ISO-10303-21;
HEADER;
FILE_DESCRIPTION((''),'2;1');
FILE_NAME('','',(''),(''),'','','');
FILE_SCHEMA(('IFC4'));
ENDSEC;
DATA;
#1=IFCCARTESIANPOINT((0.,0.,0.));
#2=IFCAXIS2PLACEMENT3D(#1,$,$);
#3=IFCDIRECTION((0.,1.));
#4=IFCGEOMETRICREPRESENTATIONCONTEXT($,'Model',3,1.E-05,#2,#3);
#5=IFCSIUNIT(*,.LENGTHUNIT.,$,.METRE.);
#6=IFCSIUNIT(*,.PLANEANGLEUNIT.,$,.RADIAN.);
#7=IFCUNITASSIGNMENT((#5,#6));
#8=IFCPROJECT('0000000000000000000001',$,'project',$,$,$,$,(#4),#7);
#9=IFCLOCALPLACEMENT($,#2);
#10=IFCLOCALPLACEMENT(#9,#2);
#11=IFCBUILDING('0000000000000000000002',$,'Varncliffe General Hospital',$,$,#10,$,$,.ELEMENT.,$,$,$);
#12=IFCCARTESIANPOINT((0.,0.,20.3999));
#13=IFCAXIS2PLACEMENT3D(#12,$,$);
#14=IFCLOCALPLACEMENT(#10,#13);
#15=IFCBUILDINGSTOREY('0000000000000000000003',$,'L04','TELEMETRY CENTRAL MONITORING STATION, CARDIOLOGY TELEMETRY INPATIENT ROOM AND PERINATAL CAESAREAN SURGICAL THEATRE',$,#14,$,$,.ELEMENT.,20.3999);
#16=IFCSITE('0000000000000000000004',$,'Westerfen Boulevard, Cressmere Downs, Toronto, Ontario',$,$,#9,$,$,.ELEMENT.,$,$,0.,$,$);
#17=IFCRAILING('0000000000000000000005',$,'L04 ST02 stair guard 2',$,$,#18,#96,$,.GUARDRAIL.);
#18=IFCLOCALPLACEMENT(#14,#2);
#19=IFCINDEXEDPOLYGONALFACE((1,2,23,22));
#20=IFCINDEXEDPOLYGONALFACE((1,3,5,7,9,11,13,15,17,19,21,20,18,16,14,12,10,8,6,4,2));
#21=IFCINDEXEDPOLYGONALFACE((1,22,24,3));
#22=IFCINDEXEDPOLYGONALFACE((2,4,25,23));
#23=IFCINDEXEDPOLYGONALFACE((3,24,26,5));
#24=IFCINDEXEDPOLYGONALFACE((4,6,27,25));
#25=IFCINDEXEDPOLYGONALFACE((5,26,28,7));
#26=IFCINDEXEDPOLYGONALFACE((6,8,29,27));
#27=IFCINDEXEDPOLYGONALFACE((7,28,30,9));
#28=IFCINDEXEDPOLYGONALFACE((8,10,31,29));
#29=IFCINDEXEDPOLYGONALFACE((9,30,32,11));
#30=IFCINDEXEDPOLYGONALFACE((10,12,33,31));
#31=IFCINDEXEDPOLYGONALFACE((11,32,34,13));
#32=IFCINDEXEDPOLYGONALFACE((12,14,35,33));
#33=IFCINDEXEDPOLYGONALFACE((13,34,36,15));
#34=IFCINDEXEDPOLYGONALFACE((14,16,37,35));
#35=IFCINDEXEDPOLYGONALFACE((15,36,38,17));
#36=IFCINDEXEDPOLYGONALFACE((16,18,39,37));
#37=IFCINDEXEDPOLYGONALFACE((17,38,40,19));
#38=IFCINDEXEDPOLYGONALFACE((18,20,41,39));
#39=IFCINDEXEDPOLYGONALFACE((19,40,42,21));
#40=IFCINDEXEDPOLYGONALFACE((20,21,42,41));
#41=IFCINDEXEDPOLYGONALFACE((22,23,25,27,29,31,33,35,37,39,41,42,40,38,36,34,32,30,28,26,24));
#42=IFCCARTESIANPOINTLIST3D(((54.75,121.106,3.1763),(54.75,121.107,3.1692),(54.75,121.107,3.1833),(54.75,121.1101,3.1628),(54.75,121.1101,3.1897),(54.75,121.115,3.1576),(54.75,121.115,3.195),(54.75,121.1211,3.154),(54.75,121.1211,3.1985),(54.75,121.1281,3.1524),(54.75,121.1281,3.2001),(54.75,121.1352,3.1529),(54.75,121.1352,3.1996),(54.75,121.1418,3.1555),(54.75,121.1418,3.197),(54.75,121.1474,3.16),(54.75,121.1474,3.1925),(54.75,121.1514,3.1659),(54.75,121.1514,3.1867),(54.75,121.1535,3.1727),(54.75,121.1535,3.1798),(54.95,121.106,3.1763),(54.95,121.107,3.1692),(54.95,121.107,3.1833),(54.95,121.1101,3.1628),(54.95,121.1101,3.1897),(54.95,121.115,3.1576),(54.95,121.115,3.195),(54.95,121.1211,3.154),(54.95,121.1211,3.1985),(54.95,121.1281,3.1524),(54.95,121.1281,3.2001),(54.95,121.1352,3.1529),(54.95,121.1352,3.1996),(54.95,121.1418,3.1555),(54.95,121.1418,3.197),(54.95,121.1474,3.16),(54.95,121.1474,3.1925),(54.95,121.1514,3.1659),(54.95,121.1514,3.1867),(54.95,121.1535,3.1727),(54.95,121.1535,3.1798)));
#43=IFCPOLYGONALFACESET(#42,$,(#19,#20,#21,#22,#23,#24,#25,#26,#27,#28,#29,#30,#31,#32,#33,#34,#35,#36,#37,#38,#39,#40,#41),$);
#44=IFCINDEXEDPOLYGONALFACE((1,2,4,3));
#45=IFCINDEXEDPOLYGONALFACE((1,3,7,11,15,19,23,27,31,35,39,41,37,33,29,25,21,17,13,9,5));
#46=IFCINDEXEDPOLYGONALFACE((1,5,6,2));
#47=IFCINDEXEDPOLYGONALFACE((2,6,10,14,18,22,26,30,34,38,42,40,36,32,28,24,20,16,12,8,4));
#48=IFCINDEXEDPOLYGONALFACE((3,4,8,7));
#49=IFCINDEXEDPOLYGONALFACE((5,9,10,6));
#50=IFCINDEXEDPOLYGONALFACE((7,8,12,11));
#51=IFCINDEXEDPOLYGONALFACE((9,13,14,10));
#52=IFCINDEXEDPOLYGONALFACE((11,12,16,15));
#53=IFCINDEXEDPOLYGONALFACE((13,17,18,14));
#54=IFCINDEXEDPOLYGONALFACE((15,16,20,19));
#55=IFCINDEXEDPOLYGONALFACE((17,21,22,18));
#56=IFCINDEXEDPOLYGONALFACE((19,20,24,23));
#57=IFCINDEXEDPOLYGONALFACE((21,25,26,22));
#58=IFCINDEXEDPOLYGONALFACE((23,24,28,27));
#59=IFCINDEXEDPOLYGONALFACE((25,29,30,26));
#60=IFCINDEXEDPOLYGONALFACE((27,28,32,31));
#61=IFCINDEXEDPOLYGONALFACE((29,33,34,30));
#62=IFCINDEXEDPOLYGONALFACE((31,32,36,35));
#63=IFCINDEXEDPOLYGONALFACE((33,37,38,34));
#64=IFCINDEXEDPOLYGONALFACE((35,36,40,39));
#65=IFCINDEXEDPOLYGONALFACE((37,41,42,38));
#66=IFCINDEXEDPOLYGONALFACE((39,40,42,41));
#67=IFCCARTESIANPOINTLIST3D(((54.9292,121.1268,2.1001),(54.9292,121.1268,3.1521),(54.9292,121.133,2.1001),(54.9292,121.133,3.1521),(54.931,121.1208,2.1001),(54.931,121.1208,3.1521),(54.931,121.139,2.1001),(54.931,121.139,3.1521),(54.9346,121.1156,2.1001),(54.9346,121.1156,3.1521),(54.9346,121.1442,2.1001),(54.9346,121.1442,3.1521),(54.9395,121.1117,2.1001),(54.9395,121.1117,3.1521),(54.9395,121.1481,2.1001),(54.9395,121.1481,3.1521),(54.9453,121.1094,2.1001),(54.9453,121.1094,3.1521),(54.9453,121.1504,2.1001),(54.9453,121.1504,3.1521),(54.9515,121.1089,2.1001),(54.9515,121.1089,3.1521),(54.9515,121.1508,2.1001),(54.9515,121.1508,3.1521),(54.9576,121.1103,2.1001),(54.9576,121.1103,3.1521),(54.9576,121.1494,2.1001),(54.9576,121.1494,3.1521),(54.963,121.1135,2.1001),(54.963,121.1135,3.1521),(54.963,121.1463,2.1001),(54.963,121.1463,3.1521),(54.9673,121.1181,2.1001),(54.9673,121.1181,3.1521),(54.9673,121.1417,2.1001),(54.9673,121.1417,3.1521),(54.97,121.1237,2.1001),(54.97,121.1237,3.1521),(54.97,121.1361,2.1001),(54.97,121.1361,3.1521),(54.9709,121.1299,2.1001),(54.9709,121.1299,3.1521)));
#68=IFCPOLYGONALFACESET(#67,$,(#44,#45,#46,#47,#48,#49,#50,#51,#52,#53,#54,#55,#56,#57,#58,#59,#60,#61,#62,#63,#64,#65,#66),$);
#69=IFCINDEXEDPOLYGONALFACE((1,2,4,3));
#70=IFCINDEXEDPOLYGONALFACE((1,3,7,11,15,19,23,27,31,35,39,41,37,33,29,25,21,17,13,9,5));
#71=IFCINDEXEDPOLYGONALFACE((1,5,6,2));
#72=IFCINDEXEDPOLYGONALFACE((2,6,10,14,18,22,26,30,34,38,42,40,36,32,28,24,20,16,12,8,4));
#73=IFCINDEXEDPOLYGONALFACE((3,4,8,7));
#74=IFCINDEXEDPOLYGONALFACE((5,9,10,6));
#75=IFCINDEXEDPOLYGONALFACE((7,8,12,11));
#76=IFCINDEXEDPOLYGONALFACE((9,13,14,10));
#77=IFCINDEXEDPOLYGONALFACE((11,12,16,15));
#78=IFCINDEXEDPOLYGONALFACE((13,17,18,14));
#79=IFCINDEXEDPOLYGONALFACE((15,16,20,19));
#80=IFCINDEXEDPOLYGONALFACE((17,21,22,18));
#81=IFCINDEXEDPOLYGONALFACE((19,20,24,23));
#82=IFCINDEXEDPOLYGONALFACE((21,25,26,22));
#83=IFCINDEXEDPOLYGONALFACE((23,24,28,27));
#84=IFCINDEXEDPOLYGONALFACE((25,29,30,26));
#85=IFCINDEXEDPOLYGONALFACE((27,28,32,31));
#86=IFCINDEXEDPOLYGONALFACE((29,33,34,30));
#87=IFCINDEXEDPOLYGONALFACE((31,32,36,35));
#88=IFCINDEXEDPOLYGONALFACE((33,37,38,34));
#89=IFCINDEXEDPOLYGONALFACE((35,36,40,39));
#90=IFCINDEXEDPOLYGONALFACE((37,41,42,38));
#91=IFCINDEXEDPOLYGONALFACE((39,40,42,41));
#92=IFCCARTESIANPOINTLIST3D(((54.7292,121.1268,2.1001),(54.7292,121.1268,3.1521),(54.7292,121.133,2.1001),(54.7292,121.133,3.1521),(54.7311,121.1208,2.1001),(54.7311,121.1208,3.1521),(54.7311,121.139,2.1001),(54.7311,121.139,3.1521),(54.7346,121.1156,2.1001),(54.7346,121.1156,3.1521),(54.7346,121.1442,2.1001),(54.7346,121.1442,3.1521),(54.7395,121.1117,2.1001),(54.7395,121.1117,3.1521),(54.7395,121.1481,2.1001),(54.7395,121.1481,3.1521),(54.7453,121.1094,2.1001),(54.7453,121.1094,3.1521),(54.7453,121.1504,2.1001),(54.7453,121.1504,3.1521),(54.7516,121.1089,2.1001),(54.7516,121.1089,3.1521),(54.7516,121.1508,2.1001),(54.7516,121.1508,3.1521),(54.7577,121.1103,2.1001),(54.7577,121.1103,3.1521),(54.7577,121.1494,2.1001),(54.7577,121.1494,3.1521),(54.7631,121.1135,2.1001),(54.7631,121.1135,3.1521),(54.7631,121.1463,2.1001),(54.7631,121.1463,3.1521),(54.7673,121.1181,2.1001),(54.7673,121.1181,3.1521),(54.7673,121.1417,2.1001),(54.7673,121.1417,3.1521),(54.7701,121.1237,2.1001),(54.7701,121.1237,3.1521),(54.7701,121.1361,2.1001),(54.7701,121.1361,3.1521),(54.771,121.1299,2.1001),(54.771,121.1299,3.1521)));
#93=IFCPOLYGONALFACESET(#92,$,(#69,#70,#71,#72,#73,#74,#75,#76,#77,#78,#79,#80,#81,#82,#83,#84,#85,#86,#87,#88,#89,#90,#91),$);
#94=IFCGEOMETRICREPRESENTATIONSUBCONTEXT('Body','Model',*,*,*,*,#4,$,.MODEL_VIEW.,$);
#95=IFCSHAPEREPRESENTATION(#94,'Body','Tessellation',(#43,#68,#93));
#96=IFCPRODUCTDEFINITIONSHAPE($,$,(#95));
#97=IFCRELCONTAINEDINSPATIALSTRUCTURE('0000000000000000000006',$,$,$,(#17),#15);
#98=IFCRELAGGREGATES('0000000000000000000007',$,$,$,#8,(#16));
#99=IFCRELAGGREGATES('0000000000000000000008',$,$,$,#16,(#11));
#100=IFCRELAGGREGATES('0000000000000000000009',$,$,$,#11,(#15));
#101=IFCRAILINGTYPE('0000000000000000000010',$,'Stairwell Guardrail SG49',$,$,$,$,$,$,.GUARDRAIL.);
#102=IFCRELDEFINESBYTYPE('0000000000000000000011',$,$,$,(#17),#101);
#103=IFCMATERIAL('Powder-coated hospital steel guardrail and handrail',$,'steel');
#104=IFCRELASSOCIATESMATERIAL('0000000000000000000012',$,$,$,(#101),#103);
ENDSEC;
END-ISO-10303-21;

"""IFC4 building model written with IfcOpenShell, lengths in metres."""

from ifc_helpers import new_model, si_unit, direction, frame, origin, origin_2d, place, context, subcontext, project, spatial, circle, extrude, material, type_object, element, save


model = new_model("IFC4")

# Units and contexts
model_context = context("Model", 3, precision=1e-05, world=origin(), true_north=direction((0.0, 1.0)))
body_context = subcontext(model_context, "Body", "Model", "MODEL_VIEW")
ifc_project = project(units=[si_unit("LENGTHUNIT", "METRE"), si_unit("PLANEANGLEUNIT", "RADIAN")], contexts=[model_context])

# Site, building, storey
site_placement = place(None, origin())
site = spatial("IfcSite", under=ifc_project, at=site_placement, Name="Westerfen Boulevard, Cressmere Downs, Toronto, Ontario", CompositionType="ELEMENT", RefElevation=0.0)
building_placement = place(site_placement, origin())
building = spatial("IfcBuilding", under=site, at=building_placement, Name="Varncliffe General Hospital", CompositionType="ELEMENT")
storey_placement = place(building_placement, frame((0.0, 0.0, 20.3999)))
storey = spatial("IfcBuildingStorey", under=building, at=storey_placement, Name="L04", Description="TELEMETRY CENTRAL MONITORING STATION, CARDIOLOGY TELEMETRY INPATIENT ROOM AND PERINATAL CAESAREAN SURGICAL THEATRE", CompositionType="ELEMENT", Elevation=20.3999)

# Railing
ifc_material_1 = material(Name="Powder-coated hospital steel guardrail and handrail", Category="steel")
railing_type_1 = type_object("IfcRailingType", Name="Stairwell Guardrail SG49", PredefinedType="GUARDRAIL", material=ifc_material_1)
railing_1_placement = place(storey_placement, frame((54.95, 121.1299, 2.1001)))
element("IfcRailing", 1, at=railing_1_placement, inside=storey, type_object=railing_type_1, Name="L04 ST02 stair guard 2", PredefinedType="GUARDRAIL", context=body_context, shape_type="SweptSolid", body=[
    extrude(circle(Radius=0.0239, at=origin_2d()), frame((0.0, 0.0, 1.0762), z_axis=(-1.0, 0.0, 0.0), x_axis=(0.0, -1.0, 0.0)), (0.0, 0.0, 1.0), 0.2),
    extrude(circle(Radius=0.021, at=origin_2d()), origin(), (0.0, 0.0, 1.0), 1.052),
    extrude(circle(Radius=0.021, at=origin_2d()), frame((-0.2, 0.0, 0.0)), (0.0, 0.0, 1.0), 1.052),
])

save(model, "model.ifc")
